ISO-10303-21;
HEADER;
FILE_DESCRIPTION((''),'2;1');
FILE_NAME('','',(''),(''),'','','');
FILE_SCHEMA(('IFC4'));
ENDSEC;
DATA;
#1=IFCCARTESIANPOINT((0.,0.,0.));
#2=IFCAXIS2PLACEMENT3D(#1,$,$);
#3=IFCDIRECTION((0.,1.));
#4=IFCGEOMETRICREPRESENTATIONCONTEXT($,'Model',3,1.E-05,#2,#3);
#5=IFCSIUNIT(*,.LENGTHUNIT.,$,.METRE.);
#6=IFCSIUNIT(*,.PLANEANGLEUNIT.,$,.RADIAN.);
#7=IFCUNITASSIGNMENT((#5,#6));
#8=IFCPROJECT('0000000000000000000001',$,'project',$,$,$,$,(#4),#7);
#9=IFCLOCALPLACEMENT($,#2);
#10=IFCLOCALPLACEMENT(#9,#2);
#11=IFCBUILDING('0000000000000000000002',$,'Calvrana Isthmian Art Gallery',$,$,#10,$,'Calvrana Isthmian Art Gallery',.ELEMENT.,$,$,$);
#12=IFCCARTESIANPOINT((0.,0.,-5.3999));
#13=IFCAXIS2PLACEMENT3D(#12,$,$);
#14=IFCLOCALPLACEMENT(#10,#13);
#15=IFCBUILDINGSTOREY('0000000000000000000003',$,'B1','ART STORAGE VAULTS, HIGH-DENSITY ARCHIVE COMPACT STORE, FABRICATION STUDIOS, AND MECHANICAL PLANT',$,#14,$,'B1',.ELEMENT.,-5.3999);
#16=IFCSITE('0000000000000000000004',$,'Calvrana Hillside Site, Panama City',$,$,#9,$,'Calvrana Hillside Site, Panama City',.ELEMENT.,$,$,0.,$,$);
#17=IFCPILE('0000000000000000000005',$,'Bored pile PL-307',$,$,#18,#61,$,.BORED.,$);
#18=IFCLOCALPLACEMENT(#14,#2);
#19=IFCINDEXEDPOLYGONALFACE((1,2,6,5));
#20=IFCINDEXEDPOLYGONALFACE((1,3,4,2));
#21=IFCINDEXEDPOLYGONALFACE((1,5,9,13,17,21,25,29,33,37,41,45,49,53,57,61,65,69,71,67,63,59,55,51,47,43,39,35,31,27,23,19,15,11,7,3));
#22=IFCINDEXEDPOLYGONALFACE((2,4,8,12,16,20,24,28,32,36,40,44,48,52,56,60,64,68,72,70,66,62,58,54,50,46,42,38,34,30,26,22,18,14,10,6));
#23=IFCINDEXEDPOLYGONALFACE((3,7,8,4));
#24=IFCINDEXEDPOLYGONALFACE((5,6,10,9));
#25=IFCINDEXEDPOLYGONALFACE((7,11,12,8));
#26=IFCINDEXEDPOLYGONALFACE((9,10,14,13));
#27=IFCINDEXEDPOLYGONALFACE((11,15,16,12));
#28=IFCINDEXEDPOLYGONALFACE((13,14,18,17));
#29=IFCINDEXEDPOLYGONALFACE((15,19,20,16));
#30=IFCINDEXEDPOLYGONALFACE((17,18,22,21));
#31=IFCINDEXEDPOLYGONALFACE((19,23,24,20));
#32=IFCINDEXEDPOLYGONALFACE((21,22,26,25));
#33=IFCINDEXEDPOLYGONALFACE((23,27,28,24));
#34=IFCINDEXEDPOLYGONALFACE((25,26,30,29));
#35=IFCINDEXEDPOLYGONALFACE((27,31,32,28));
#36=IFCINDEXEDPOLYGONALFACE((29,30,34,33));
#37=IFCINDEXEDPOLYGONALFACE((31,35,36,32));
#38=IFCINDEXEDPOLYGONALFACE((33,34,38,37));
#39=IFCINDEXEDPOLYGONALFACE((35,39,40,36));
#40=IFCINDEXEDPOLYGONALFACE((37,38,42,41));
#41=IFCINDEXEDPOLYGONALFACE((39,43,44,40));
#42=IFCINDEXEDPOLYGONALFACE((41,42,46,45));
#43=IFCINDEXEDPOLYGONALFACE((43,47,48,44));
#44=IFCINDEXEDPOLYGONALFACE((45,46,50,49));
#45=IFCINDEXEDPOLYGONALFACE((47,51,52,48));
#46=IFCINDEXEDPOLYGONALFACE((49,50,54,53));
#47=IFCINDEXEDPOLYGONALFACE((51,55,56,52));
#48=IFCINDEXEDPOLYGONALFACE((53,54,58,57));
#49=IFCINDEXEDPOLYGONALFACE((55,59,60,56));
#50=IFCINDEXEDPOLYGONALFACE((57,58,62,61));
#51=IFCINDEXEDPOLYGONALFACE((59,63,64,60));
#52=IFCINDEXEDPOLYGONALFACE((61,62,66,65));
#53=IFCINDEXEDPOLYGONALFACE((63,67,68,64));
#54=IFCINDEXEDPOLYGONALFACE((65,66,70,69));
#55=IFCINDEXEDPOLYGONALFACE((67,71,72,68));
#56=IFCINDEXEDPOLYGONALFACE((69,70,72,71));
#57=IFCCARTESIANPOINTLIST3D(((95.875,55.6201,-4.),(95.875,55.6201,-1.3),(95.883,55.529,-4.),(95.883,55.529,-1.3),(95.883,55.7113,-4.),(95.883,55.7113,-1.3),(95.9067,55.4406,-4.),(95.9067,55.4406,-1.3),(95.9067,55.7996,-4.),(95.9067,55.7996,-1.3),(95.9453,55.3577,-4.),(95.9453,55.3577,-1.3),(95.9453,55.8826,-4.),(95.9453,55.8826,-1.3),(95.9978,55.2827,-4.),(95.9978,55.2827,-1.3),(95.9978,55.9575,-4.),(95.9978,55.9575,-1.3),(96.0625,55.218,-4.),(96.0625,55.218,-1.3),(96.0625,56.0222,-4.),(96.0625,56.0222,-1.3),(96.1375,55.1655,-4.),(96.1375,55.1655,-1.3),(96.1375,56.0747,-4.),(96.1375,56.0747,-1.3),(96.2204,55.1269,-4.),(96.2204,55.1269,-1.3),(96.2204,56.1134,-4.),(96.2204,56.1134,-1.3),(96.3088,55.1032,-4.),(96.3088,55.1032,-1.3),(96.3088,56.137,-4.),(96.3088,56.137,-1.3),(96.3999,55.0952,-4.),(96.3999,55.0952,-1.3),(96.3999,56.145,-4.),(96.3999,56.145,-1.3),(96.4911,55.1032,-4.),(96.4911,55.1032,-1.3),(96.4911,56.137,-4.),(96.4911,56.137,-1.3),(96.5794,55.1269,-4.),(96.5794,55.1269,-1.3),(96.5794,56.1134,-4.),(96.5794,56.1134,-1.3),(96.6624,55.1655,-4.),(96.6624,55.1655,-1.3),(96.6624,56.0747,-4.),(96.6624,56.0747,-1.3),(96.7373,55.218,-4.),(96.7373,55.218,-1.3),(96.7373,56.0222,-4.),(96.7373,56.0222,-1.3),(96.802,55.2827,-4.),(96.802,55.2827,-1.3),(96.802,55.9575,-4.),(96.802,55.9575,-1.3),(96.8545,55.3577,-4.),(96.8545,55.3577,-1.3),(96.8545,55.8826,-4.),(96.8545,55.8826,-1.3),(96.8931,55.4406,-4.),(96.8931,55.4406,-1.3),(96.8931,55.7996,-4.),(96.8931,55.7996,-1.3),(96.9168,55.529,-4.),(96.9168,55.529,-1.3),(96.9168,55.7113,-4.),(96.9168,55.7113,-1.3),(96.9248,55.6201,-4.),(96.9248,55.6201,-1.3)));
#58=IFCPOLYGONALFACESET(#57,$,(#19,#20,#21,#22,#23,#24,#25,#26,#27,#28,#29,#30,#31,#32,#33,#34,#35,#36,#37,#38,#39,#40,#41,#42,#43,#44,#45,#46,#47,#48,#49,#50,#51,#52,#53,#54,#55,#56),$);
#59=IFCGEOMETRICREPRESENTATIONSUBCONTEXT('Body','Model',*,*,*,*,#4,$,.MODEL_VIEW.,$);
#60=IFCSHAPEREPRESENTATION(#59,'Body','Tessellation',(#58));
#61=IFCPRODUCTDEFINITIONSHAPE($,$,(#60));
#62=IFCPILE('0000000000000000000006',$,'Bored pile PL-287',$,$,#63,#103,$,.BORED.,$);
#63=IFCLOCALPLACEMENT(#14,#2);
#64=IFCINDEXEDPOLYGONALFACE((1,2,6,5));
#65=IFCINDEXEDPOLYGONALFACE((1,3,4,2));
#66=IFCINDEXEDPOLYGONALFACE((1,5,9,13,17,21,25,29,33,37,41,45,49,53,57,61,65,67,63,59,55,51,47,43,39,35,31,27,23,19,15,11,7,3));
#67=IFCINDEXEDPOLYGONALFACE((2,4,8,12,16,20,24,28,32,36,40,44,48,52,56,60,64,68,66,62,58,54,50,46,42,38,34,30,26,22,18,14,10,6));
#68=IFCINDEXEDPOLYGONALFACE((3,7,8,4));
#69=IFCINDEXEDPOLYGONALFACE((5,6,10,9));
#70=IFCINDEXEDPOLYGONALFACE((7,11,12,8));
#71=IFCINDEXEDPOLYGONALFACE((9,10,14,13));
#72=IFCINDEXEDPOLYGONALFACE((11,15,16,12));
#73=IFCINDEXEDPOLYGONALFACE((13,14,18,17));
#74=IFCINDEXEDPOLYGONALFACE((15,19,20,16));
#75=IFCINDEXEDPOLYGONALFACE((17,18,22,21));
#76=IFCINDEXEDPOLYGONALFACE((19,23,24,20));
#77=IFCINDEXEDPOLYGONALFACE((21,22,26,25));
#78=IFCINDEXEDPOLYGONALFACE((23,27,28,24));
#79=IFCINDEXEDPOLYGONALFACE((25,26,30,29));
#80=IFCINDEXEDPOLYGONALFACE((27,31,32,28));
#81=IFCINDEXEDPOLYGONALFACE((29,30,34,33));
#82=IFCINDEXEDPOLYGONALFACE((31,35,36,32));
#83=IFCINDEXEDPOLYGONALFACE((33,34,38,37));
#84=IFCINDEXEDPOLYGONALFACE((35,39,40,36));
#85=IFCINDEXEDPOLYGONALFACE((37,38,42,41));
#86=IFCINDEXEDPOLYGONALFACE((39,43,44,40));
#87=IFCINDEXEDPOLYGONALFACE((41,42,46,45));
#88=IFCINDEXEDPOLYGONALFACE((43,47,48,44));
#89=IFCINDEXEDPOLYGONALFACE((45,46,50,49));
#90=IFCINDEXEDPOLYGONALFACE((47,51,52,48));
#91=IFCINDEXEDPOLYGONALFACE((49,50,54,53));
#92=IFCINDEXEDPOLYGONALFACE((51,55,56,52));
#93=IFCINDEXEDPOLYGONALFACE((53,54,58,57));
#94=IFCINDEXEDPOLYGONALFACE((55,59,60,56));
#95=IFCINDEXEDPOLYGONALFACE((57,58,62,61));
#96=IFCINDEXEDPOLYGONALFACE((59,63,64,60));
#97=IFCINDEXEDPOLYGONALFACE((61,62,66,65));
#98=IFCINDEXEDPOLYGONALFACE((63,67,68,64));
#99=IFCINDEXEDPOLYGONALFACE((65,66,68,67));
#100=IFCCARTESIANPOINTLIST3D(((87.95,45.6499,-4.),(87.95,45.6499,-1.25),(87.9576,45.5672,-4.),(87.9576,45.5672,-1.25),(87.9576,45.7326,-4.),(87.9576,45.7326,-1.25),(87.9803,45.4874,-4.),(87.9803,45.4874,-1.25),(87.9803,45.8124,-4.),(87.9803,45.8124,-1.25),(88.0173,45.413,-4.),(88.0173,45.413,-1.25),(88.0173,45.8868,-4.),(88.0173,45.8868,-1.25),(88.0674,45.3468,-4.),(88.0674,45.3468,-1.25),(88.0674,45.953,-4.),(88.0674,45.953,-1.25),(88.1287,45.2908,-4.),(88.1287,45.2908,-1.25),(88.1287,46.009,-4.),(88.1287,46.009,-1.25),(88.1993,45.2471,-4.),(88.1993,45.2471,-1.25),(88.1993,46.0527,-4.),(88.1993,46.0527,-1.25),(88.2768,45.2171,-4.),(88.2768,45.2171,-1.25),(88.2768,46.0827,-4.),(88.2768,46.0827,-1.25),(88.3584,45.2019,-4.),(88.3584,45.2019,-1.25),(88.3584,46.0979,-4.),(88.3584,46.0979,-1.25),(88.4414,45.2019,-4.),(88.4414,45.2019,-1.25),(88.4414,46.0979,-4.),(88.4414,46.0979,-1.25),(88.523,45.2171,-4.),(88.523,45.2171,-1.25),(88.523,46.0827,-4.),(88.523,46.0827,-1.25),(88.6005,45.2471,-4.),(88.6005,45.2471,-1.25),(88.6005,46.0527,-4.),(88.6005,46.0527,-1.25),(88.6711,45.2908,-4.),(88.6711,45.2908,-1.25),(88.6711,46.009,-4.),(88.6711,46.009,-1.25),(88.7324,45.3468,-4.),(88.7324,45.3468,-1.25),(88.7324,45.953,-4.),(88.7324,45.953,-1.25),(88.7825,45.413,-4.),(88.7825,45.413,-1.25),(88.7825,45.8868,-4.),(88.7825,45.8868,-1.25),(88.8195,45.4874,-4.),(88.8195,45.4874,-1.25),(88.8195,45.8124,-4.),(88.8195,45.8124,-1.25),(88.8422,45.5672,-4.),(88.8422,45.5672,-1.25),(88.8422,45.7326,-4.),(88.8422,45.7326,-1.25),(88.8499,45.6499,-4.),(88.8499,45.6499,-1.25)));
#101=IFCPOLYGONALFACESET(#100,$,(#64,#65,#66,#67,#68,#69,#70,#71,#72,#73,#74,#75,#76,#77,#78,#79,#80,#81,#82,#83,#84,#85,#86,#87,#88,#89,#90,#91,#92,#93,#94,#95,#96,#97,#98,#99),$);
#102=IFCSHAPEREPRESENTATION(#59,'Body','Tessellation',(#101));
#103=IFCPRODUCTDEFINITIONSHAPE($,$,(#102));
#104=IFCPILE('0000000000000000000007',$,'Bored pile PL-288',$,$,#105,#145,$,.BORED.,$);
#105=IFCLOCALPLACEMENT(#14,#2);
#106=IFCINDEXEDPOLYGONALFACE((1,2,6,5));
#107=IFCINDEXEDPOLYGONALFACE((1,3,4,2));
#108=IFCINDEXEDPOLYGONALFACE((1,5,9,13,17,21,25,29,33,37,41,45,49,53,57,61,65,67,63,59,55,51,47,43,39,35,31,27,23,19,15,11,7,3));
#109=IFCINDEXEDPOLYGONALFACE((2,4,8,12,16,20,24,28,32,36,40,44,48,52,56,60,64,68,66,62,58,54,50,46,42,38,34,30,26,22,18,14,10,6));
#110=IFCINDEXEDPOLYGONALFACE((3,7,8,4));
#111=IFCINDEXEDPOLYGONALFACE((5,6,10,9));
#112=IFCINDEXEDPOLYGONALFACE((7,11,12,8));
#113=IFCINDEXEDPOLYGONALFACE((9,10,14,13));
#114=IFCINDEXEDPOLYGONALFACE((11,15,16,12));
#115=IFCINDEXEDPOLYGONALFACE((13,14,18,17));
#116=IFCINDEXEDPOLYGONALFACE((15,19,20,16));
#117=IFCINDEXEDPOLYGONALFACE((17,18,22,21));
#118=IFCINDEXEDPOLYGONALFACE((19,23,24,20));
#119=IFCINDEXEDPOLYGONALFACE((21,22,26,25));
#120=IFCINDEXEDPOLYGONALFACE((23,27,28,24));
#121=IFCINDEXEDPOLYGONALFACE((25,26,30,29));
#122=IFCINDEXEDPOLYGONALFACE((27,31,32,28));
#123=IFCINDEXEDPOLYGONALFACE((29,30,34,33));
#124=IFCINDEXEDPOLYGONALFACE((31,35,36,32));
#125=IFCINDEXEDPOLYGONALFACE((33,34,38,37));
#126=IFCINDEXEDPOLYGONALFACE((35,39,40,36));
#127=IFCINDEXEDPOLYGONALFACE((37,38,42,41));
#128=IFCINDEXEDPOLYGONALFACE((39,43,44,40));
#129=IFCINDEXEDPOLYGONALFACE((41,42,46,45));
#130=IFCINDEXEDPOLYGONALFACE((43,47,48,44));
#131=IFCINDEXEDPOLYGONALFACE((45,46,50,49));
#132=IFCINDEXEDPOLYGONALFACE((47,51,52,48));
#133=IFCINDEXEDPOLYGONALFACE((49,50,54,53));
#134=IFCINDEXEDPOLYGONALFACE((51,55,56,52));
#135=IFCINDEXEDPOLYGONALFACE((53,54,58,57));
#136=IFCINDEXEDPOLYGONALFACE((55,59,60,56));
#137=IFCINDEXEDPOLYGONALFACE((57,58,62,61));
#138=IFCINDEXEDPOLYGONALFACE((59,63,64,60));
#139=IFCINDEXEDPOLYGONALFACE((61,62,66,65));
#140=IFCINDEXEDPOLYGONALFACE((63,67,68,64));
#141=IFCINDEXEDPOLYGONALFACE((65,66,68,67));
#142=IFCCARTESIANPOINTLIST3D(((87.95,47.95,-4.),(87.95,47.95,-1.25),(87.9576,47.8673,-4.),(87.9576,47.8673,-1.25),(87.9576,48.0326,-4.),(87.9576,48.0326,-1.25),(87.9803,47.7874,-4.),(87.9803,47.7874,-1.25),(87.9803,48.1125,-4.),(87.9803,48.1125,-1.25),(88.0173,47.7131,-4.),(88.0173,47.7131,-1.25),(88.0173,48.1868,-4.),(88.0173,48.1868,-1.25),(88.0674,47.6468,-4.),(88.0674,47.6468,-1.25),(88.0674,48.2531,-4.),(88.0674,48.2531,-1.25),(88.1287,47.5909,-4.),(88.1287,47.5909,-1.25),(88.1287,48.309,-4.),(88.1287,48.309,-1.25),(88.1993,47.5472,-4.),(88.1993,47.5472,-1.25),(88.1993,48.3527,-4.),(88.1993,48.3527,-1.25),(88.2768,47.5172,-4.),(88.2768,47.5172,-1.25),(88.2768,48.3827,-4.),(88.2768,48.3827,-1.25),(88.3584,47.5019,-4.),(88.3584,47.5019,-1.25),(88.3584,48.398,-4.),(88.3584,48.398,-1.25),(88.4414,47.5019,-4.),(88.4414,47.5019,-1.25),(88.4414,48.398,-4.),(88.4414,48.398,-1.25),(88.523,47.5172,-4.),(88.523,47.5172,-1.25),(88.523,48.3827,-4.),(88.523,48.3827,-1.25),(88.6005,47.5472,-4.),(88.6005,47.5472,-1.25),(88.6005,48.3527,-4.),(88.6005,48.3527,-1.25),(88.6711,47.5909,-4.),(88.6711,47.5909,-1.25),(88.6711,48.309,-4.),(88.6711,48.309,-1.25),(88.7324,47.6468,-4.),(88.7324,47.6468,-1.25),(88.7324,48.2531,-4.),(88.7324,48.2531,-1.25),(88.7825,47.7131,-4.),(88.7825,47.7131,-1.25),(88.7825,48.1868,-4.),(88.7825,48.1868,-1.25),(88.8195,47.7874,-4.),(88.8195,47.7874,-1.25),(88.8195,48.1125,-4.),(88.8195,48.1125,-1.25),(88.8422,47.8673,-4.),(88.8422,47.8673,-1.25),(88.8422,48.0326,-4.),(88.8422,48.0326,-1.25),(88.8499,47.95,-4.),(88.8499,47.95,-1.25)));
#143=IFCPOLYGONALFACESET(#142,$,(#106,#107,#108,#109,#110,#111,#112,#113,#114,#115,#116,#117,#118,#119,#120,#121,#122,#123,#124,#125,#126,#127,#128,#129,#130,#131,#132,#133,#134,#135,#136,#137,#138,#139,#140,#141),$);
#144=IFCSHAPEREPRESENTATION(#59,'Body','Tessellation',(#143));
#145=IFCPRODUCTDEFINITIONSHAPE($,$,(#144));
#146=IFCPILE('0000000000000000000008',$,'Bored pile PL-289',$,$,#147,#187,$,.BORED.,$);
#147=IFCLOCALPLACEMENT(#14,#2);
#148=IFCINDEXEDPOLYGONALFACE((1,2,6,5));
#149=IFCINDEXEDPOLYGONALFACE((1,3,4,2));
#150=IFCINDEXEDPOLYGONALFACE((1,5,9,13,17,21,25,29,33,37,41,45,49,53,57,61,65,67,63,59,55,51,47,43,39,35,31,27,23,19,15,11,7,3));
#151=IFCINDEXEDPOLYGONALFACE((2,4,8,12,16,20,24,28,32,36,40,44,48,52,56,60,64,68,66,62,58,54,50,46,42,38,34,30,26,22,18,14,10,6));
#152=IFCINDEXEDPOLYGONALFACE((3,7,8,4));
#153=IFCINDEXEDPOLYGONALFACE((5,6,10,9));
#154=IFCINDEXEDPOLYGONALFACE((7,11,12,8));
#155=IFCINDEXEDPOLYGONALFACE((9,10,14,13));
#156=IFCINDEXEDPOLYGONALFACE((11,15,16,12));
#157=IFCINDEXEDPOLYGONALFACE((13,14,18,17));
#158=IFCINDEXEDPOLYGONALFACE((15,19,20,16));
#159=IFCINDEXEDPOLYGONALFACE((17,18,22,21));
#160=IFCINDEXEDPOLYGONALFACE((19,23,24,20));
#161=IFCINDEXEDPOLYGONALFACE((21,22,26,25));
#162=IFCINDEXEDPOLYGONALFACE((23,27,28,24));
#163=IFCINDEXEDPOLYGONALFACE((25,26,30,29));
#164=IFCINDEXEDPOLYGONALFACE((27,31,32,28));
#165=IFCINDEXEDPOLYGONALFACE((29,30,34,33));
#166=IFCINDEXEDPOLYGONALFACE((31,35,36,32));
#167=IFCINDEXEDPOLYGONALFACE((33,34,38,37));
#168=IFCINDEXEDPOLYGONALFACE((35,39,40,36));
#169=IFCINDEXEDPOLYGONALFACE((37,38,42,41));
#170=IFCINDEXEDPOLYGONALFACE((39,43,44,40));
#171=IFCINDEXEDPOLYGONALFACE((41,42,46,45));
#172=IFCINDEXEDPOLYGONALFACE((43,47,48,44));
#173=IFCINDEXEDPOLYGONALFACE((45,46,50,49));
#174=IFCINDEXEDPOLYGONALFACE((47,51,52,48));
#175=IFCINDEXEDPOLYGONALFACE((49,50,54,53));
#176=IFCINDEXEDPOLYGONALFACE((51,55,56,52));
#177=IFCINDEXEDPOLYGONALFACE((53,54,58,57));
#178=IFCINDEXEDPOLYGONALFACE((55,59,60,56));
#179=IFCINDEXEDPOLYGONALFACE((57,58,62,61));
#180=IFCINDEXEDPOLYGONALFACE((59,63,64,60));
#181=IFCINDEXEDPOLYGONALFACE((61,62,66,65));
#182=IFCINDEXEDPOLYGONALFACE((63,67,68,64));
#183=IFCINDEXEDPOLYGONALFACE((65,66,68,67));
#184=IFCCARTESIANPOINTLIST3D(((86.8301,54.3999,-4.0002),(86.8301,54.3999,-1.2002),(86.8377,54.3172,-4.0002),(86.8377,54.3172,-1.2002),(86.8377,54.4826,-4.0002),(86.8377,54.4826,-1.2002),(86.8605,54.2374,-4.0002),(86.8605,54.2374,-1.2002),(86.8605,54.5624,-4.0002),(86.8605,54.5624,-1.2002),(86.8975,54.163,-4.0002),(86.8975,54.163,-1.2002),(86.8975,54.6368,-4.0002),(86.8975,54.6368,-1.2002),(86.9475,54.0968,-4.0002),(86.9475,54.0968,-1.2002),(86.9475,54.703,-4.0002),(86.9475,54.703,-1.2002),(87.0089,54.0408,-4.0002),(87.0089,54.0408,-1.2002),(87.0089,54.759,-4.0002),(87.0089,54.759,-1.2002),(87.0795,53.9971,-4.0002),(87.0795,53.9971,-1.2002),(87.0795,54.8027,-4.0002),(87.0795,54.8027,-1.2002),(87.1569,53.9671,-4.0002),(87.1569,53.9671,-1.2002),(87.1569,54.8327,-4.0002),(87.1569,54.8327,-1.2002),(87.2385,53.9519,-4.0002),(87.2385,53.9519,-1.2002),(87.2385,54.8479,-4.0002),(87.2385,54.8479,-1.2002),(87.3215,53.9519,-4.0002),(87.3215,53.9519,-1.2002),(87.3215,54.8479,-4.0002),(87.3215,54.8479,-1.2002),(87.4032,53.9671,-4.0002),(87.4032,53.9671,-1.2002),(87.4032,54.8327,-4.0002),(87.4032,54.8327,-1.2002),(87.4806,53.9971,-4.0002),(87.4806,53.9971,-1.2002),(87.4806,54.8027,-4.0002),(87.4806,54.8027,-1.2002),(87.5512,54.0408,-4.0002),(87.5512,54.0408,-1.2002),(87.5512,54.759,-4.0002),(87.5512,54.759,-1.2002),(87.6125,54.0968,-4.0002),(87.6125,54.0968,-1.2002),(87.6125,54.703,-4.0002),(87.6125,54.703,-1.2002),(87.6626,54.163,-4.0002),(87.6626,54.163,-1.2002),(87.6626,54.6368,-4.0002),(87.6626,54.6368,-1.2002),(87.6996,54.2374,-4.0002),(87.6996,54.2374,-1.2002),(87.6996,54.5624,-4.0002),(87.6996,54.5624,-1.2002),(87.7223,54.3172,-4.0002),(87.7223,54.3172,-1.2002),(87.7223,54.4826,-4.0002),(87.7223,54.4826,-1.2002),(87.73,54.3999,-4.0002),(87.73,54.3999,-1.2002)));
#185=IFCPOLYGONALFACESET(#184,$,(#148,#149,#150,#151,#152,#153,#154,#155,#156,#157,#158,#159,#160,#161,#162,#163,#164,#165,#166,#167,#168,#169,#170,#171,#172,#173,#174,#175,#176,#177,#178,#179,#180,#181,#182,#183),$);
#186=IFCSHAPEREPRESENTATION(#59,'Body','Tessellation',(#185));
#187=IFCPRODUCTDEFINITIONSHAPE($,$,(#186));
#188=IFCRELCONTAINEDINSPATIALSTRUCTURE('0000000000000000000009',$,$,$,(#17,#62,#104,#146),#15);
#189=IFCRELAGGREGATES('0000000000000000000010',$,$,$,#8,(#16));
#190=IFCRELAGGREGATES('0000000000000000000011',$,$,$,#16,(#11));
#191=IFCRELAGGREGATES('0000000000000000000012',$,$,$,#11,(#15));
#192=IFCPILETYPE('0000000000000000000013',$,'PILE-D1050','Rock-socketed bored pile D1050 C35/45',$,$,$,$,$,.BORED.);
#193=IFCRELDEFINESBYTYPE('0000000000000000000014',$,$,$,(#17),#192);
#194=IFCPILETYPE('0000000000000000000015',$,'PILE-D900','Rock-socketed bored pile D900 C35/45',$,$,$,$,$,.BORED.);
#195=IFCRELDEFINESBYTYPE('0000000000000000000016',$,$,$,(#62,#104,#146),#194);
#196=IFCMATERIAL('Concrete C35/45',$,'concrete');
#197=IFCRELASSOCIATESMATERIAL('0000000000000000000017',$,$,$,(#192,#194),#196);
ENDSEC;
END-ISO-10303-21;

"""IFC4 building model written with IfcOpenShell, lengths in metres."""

from ifc_helpers import new_model, si_unit, direction, frame, origin, origin_2d, place, context, subcontext, project, spatial, circle, extrude, material, material_profile, profile_set, type_object, element, save


model = new_model("IFC4")

# Units and contexts
model_context = context("Model", 3, precision=1e-05, world=origin(), true_north=direction((0.0, 1.0)))
body_context = subcontext(model_context, "Body", "Model", "MODEL_VIEW")
ifc_project = project(units=[si_unit("LENGTHUNIT", "METRE"), si_unit("PLANEANGLEUNIT", "RADIAN")], contexts=[model_context])

# Site, building, storey
site_placement = place(None, origin())
site = spatial("IfcSite", under=ifc_project, at=site_placement, Name="Calvrana Hillside Site, Panama City", LongName="Calvrana Hillside Site, Panama City", CompositionType="ELEMENT", RefElevation=0.0)
building_placement = place(site_placement, origin())
building = spatial("IfcBuilding", under=site, at=building_placement, Name="Calvrana Isthmian Art Gallery", LongName="Calvrana Isthmian Art Gallery", CompositionType="ELEMENT")
storey_placement = place(building_placement, frame((0.0, 0.0, -5.3999)))
storey = spatial("IfcBuildingStorey", under=building, at=storey_placement, Name="B1", Description="ART STORAGE VAULTS, HIGH-DENSITY ARCHIVE COMPACT STORE, FABRICATION STUDIOS, AND MECHANICAL PLANT", LongName="B1", CompositionType="ELEMENT", Elevation=-5.3999)

# Shared definitions
ifc_material_1 = material(Name="Concrete C35/45", Category="concrete")

# Piles
ifc_material_profile_1 = material_profile(ifc_material_1, circle(Radius=0.5249, at=origin_2d()), Name="PILE1050D")
ifc_profile_set_1 = profile_set([ifc_material_profile_1], Name="Concrete C35/45")
pile_type_1 = type_object("IfcPileType", Name="PILE-D1050", Description="Rock-socketed bored pile D1050 C35/45", PredefinedType="BORED", material=ifc_profile_set_1)
for number, where, z_axis, x_axis, name in (
    (1, (96.3999, 55.6201, -1.3), (0.0, 0.0, -1.0), (1.0, 0.0, 0.0), "Bored pile PL-307"),
):
    element("IfcPile", number, at=place(storey_placement, frame(where, z_axis=z_axis, x_axis=x_axis)), inside=storey, type_object=pile_type_1, Name=name, PredefinedType="BORED", context=body_context, shape_type="SweptSolid", body=[
        extrude(circle(Radius=0.5249, at=origin_2d()), origin(), (0.0, 0.0, 1.0), 2.7),
    ])
ifc_material_profile_2 = material_profile(ifc_material_1, circle(Radius=0.45, at=origin_2d()), Name="PILE900D")
ifc_profile_set_2 = profile_set([ifc_material_profile_2], Name="Concrete C35/45")
pile_type_2 = type_object("IfcPileType", Name="PILE-D900", Description="Rock-socketed bored pile D900 C35/45", PredefinedType="BORED", material=ifc_profile_set_2)
for number, where, z_axis, x_axis, name in (
    (2, (88.3999, 45.6499, -1.25), (0.0, 0.0, -1.0), (1.0, 0.0, 0.0), "Bored pile PL-287"),
    (3, (88.3999, 47.95, -1.25), (0.0, 0.0, -1.0), (1.0, 0.0, 0.0), "Bored pile PL-288"),
):
    element("IfcPile", number, at=place(storey_placement, frame(where, z_axis=z_axis, x_axis=x_axis)), inside=storey, type_object=pile_type_2, Name=name, PredefinedType="BORED", context=body_context, shape_type="SweptSolid", body=[
        extrude(circle(Radius=0.45, at=origin_2d()), origin(), (0.0, 0.0, 1.0), 2.75),
    ])
for number, where, z_axis, x_axis, name in (
    (4, (87.28, 54.3999, -1.2002), (0.0, 0.0, -1.0), (1.0, 0.0, 0.0), "Bored pile PL-289"),
):
    element("IfcPile", number, at=place(storey_placement, frame(where, z_axis=z_axis, x_axis=x_axis)), inside=storey, type_object=pile_type_2, Name=name, PredefinedType="BORED", context=body_context, shape_type="SweptSolid", body=[
        extrude(circle(Radius=0.45, at=origin_2d()), origin(), (0.0, 0.0, 1.0), 2.8),
    ])

save(model, "model.ifc")
